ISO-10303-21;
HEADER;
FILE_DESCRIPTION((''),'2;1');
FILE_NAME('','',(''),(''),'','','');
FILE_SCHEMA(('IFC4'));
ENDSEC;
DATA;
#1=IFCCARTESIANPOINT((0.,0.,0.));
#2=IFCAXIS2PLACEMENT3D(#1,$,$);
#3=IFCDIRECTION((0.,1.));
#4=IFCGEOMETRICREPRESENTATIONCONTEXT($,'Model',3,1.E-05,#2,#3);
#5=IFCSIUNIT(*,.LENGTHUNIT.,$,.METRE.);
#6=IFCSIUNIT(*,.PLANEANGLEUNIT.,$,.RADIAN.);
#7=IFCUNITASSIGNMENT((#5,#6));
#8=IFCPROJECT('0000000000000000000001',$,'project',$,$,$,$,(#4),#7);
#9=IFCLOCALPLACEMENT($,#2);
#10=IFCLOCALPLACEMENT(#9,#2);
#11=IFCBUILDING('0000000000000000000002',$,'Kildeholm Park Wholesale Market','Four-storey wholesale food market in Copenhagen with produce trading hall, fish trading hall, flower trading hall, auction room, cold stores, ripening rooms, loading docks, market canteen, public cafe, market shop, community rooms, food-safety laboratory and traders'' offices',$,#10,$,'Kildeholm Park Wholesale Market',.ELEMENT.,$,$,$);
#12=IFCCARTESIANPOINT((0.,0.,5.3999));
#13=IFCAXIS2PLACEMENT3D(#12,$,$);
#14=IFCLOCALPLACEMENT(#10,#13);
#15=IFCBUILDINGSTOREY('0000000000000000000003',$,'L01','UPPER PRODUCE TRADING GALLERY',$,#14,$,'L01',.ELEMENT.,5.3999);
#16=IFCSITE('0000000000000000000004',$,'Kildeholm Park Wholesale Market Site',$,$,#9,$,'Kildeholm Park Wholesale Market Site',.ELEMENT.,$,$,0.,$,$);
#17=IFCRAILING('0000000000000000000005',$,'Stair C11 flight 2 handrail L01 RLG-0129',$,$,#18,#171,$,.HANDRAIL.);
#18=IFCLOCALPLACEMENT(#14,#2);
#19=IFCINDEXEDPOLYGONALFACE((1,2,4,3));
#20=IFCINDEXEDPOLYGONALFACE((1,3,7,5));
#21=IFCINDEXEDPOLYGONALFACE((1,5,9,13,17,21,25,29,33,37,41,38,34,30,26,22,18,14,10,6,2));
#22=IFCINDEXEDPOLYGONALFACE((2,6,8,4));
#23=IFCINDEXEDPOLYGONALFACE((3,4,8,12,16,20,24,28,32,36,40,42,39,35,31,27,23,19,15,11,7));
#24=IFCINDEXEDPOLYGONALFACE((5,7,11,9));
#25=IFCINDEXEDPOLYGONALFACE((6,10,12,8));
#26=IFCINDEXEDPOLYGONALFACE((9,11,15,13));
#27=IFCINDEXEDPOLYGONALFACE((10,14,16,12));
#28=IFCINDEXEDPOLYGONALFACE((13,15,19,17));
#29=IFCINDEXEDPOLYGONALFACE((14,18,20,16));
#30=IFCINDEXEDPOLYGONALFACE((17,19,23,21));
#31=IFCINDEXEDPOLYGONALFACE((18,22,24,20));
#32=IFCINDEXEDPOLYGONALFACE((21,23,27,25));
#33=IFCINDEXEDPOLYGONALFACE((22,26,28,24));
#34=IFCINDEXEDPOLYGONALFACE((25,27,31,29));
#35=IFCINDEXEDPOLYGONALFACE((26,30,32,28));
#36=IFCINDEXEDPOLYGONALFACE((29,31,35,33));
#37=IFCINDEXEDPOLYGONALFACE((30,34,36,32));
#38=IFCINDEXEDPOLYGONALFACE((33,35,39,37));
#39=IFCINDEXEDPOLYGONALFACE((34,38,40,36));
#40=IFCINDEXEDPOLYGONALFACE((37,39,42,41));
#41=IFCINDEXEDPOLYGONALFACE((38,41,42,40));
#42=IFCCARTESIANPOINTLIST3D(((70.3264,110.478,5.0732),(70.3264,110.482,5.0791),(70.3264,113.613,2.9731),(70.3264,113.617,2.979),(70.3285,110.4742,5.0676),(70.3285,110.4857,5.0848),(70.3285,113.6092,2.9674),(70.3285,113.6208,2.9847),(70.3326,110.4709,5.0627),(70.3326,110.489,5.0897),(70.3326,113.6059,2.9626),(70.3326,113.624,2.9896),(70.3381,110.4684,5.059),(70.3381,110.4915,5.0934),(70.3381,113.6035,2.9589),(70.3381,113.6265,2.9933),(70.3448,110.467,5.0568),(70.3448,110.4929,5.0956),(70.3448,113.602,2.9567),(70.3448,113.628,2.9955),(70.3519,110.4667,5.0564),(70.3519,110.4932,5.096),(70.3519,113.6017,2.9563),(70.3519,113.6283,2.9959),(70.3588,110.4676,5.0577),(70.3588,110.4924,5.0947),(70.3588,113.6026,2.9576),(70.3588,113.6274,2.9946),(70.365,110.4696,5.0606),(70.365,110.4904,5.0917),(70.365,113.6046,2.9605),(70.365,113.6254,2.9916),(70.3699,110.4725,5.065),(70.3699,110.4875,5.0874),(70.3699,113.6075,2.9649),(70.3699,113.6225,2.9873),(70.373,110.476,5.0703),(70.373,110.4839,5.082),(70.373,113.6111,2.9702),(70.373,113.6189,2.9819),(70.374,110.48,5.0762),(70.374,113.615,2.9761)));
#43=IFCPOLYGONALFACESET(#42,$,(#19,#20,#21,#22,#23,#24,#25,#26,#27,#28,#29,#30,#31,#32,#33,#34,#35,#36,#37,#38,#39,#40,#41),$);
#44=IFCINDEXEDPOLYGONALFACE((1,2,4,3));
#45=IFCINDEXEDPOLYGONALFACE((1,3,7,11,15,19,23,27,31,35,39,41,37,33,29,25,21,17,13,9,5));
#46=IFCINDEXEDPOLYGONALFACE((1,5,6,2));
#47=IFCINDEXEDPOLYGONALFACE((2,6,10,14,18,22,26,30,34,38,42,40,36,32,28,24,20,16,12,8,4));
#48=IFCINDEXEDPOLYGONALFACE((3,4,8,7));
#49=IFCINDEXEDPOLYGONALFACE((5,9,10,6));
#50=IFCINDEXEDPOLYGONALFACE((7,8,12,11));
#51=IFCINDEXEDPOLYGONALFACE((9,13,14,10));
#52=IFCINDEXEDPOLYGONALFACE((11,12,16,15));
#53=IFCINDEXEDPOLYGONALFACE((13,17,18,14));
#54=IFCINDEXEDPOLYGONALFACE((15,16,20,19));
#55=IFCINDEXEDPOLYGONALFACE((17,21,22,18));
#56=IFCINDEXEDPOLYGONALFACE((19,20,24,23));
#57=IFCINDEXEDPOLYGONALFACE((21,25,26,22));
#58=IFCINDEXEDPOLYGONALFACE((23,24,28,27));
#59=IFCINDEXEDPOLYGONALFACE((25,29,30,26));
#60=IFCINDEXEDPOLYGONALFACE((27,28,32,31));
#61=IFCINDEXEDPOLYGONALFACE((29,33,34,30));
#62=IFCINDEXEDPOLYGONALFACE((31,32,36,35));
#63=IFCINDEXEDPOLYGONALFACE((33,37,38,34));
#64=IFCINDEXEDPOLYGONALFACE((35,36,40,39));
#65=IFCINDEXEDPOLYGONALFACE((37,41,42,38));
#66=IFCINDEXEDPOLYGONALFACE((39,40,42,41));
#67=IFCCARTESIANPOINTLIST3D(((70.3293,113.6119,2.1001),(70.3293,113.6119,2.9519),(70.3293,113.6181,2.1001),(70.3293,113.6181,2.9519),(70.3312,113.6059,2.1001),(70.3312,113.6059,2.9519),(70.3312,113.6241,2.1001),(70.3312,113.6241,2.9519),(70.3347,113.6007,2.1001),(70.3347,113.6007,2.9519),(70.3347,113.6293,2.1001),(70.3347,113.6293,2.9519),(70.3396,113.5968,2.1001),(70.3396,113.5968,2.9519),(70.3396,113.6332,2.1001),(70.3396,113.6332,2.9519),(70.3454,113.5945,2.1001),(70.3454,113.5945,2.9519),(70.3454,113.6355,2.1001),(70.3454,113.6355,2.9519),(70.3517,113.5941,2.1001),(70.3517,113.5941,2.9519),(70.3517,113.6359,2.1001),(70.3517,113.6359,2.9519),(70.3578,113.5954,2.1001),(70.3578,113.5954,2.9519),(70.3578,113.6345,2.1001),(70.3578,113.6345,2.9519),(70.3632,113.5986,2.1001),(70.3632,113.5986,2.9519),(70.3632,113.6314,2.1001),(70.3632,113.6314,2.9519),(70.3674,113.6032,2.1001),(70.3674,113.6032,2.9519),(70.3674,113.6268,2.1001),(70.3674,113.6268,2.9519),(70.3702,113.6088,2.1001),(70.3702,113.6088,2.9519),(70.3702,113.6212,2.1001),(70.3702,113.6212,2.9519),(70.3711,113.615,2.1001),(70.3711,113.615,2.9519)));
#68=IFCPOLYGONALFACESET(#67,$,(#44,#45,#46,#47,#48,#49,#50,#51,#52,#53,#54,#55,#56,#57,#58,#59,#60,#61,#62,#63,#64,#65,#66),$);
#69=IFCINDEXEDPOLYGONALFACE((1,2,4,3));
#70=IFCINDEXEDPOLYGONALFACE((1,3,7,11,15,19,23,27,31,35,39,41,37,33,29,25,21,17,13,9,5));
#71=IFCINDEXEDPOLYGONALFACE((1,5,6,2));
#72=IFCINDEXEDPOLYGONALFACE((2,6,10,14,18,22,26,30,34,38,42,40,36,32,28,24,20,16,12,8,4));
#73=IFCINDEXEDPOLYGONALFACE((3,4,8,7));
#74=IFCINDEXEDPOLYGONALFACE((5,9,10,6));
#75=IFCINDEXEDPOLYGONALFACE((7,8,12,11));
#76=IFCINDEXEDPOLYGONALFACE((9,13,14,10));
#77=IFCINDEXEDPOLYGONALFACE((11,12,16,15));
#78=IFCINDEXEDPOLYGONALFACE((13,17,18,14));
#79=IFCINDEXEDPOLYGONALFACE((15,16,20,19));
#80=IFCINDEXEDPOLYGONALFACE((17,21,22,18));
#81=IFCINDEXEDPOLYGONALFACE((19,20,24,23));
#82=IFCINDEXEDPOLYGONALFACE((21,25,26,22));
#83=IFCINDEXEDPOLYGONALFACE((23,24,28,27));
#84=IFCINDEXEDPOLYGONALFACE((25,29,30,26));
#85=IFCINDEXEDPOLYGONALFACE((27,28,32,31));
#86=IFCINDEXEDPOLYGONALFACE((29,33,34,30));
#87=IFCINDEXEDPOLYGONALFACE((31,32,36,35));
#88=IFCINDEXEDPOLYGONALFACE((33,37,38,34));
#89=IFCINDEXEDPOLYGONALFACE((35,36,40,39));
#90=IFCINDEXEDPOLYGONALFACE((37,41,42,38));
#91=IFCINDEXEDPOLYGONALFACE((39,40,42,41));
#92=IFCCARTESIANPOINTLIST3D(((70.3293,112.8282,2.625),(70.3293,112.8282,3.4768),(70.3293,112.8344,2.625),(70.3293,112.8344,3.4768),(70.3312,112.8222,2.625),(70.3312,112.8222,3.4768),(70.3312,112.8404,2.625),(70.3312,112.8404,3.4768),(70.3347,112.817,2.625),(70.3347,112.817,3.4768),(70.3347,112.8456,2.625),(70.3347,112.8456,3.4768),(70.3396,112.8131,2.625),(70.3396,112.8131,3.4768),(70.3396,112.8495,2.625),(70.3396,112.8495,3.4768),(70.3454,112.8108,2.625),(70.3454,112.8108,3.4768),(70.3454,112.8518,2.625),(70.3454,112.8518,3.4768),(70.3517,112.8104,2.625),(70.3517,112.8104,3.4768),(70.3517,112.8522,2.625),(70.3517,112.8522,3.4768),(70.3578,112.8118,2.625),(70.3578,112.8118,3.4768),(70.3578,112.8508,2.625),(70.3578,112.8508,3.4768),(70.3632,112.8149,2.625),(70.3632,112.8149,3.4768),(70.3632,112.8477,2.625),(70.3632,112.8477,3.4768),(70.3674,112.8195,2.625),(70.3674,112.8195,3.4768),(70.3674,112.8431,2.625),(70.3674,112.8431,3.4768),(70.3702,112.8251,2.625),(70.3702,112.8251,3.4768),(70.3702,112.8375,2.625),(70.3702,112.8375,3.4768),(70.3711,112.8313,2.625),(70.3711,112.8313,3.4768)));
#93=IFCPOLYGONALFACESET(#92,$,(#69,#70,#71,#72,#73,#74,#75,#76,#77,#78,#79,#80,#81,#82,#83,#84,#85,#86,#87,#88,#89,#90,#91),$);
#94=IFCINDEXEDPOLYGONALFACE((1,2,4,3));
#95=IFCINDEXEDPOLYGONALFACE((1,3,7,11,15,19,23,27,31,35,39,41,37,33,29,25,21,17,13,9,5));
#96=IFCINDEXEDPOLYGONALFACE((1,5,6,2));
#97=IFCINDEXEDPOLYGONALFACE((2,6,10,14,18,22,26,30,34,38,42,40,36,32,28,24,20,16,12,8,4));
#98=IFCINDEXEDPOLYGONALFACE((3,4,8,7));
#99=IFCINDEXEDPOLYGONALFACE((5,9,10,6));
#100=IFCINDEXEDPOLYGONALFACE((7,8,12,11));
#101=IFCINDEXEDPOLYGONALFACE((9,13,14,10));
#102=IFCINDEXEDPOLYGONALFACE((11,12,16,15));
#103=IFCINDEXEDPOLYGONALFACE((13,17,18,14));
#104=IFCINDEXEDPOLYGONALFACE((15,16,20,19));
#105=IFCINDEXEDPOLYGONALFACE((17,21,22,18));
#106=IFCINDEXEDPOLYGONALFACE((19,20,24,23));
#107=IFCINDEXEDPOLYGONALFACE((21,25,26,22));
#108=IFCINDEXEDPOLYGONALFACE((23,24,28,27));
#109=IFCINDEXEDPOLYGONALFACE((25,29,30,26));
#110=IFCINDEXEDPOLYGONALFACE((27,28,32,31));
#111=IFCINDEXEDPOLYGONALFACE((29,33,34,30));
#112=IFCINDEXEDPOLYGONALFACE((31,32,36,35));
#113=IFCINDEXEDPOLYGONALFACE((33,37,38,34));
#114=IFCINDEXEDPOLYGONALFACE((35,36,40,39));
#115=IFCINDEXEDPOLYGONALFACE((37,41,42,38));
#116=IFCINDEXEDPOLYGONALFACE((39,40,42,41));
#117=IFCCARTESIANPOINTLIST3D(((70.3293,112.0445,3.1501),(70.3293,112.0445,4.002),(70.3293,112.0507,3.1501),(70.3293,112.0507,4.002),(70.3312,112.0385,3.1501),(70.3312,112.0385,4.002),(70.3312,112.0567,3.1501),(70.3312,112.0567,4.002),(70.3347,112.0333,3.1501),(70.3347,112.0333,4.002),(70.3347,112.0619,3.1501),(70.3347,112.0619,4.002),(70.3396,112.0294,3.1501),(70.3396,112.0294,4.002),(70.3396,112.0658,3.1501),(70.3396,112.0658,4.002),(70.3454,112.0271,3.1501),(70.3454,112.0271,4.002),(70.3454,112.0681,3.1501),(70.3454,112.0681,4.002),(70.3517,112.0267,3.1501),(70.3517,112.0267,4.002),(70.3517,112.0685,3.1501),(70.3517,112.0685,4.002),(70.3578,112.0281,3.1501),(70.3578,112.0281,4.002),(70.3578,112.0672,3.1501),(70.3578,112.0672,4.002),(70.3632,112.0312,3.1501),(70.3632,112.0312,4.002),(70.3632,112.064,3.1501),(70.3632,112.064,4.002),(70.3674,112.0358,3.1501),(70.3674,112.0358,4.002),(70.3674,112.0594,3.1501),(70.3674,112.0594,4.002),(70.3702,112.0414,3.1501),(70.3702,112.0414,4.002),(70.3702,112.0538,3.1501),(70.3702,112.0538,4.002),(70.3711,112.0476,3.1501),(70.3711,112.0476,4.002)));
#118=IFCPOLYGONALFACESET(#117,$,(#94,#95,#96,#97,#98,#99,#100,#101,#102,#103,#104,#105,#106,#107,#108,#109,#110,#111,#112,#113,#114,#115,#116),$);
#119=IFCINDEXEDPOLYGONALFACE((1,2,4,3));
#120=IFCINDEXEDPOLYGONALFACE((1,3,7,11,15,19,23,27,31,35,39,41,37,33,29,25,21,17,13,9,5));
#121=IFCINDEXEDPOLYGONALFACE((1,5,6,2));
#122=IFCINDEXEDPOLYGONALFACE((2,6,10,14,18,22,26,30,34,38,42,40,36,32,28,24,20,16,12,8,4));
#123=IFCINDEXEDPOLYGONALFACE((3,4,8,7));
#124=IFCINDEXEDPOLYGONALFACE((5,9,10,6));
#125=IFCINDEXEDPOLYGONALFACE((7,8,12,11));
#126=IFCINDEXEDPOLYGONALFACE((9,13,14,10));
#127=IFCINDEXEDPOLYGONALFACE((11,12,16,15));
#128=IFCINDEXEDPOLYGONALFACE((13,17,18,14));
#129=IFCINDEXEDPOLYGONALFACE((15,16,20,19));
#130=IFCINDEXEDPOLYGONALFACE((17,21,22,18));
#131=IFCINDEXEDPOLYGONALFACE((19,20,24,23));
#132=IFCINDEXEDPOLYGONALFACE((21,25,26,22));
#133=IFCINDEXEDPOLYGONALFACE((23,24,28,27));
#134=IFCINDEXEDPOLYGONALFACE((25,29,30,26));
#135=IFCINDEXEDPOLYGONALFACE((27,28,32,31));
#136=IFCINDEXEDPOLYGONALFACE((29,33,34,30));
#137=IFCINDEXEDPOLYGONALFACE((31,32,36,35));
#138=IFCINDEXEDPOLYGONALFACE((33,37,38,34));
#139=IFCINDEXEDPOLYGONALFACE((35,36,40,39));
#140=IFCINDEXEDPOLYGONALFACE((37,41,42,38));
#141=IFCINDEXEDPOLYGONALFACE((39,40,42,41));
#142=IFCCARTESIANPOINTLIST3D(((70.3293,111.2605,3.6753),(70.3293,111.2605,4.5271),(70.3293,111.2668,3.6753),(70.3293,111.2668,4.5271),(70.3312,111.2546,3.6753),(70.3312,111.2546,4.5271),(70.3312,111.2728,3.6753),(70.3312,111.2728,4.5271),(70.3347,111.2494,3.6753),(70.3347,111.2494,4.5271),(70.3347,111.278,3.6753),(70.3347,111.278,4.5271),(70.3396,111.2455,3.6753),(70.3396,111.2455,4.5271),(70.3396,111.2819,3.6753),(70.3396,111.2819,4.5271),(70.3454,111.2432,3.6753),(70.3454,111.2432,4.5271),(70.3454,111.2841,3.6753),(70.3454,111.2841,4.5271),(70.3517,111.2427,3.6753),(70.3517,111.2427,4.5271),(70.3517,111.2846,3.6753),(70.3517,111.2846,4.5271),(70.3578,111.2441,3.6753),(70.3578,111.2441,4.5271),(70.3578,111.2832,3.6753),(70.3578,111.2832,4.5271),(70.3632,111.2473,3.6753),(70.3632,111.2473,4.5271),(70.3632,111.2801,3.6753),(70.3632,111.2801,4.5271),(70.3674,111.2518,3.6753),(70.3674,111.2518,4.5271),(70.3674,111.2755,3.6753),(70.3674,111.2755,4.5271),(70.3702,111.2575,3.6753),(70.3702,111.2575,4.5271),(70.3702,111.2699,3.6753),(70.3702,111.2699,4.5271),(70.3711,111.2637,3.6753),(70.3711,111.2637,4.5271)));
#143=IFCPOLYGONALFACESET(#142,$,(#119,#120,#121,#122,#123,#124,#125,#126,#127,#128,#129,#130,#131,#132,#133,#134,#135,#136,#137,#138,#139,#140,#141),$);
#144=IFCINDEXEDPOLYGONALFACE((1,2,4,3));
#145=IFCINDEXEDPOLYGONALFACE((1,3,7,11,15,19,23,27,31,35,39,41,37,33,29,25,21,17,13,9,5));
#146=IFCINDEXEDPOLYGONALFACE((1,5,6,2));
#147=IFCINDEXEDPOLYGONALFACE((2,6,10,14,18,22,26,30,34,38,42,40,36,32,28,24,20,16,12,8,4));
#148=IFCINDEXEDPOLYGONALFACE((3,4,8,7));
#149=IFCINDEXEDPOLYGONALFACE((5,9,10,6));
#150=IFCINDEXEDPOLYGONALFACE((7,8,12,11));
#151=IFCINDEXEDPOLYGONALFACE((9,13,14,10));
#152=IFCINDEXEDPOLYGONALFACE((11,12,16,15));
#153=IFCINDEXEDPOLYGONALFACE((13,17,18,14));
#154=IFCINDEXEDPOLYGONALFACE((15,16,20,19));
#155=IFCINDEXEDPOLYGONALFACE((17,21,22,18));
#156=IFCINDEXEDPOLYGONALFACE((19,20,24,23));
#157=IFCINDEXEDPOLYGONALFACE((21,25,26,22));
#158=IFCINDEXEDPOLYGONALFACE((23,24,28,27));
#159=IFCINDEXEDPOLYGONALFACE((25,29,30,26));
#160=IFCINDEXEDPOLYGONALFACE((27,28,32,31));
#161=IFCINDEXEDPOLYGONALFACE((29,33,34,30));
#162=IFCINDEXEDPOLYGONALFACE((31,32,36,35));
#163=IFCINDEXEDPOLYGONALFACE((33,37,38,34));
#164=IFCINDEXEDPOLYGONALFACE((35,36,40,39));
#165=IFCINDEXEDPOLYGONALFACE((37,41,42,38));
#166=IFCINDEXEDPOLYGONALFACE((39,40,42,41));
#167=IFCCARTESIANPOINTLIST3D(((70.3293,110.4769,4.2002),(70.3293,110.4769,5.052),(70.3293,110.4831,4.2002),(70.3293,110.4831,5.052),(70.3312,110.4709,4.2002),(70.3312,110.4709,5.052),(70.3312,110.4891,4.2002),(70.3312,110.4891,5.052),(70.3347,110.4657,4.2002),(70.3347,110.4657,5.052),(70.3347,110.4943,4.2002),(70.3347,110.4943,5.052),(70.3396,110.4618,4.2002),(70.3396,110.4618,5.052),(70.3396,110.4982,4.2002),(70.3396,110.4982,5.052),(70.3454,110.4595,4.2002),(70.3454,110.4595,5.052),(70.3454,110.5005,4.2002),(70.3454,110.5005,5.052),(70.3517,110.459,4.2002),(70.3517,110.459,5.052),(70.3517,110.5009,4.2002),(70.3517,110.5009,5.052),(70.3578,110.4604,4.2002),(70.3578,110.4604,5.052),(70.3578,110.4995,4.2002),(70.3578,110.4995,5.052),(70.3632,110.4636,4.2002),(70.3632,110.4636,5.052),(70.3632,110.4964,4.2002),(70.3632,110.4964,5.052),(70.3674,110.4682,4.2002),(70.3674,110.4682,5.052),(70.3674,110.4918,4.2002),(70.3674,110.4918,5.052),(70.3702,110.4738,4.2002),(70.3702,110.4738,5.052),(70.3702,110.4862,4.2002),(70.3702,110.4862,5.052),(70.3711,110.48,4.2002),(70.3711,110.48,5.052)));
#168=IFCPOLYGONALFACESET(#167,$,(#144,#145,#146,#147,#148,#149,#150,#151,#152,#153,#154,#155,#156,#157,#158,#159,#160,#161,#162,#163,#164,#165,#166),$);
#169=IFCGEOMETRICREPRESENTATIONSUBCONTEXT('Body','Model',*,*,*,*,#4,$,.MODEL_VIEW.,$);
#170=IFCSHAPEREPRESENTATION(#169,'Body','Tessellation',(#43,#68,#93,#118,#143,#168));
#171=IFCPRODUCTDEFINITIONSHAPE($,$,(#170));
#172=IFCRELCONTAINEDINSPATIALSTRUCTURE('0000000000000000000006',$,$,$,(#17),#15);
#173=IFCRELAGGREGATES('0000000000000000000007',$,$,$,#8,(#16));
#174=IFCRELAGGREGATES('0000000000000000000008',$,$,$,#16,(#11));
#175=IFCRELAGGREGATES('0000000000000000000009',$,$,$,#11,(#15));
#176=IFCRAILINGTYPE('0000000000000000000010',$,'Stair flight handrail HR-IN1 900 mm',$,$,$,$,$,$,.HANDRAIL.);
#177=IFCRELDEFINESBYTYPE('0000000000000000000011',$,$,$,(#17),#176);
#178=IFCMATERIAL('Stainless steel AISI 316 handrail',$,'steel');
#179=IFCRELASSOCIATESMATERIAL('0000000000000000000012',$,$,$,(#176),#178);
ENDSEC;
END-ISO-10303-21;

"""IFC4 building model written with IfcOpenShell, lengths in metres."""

from ifc_helpers import new_model, si_unit, direction, frame, origin, origin_2d, place, context, subcontext, project, spatial, circle, extrude, material, type_object, element, save


model = new_model("IFC4")

# Units and contexts
model_context = context("Model", 3, precision=1e-05, world=origin(), true_north=direction((0.0, 1.0)))
body_context = subcontext(model_context, "Body", "Model", "MODEL_VIEW")
ifc_project = project(units=[si_unit("LENGTHUNIT", "METRE"), si_unit("PLANEANGLEUNIT", "RADIAN")], contexts=[model_context])

# Site, building, storey
site_placement = place(None, origin())
site = spatial("IfcSite", under=ifc_project, at=site_placement, Name="Kildeholm Park Wholesale Market Site", LongName="Kildeholm Park Wholesale Market Site", CompositionType="ELEMENT", RefElevation=0.0)
building_placement = place(site_placement, origin())
building = spatial("IfcBuilding", under=site, at=building_placement, Name="Kildeholm Park Wholesale Market", Description="Four-storey wholesale food market in Copenhagen with produce trading hall, fish trading hall, flower trading hall, auction room, cold stores, ripening rooms, loading docks, market canteen, public cafe, market shop, community rooms, food-safety laboratory and traders' offices", LongName="Kildeholm Park Wholesale Market", CompositionType="ELEMENT")
storey_placement = place(building_placement, frame((0.0, 0.0, 5.3999)))
storey = spatial("IfcBuildingStorey", under=building, at=storey_placement, Name="L01", Description="UPPER PRODUCE TRADING GALLERY", LongName="L01", CompositionType="ELEMENT", Elevation=5.3999)

# Railing
ifc_material_1 = material(Name="Stainless steel AISI 316 handrail", Category="steel")
railing_type = type_object("IfcRailingType", Name="Stair flight handrail HR-IN1 900 mm", PredefinedType="HANDRAIL", material=ifc_material_1)
railing_placement = place(storey_placement, frame((70.3501, 113.615, 2.1001)))
element("IfcRailing", 1, at=railing_placement, inside=storey, type_object=railing_type, Name="Stair C11 flight 2 handrail L01 RLG-0129", PredefinedType="HANDRAIL", context=body_context, shape_type="SweptSolid", body=[
    extrude(circle(Radius=0.0239, at=origin_2d()), frame((0.0, 0.0, 0.876), z_axis=(0.0, -0.830814, 0.55655), x_axis=(1.0, 0.0, 0.0)), (0.0, 0.0, 1.0), 3.7734),
    extrude(circle(Radius=0.021, at=origin_2d()), origin(), (0.0, 0.0, 1.0), 0.8518),
    extrude(circle(Radius=0.021, at=origin_2d()), frame((0.0, -0.7837, 0.5249)), (0.0, 0.0, 1.0), 0.8518),
    extrude(circle(Radius=0.021, at=origin_2d()), frame((0.0, -1.5674, 1.05)), (0.0, 0.0, 1.0), 0.8518),
    extrude(circle(Radius=0.021, at=origin_2d()), frame((0.0, -2.3513, 1.5752)), (0.0, 0.0, 1.0), 0.8518),
    extrude(circle(Radius=0.021, at=origin_2d()), frame((0.0, -3.135, 2.1001)), (0.0, 0.0, 1.0), 0.8518),
])

save(model, "model.ifc")
